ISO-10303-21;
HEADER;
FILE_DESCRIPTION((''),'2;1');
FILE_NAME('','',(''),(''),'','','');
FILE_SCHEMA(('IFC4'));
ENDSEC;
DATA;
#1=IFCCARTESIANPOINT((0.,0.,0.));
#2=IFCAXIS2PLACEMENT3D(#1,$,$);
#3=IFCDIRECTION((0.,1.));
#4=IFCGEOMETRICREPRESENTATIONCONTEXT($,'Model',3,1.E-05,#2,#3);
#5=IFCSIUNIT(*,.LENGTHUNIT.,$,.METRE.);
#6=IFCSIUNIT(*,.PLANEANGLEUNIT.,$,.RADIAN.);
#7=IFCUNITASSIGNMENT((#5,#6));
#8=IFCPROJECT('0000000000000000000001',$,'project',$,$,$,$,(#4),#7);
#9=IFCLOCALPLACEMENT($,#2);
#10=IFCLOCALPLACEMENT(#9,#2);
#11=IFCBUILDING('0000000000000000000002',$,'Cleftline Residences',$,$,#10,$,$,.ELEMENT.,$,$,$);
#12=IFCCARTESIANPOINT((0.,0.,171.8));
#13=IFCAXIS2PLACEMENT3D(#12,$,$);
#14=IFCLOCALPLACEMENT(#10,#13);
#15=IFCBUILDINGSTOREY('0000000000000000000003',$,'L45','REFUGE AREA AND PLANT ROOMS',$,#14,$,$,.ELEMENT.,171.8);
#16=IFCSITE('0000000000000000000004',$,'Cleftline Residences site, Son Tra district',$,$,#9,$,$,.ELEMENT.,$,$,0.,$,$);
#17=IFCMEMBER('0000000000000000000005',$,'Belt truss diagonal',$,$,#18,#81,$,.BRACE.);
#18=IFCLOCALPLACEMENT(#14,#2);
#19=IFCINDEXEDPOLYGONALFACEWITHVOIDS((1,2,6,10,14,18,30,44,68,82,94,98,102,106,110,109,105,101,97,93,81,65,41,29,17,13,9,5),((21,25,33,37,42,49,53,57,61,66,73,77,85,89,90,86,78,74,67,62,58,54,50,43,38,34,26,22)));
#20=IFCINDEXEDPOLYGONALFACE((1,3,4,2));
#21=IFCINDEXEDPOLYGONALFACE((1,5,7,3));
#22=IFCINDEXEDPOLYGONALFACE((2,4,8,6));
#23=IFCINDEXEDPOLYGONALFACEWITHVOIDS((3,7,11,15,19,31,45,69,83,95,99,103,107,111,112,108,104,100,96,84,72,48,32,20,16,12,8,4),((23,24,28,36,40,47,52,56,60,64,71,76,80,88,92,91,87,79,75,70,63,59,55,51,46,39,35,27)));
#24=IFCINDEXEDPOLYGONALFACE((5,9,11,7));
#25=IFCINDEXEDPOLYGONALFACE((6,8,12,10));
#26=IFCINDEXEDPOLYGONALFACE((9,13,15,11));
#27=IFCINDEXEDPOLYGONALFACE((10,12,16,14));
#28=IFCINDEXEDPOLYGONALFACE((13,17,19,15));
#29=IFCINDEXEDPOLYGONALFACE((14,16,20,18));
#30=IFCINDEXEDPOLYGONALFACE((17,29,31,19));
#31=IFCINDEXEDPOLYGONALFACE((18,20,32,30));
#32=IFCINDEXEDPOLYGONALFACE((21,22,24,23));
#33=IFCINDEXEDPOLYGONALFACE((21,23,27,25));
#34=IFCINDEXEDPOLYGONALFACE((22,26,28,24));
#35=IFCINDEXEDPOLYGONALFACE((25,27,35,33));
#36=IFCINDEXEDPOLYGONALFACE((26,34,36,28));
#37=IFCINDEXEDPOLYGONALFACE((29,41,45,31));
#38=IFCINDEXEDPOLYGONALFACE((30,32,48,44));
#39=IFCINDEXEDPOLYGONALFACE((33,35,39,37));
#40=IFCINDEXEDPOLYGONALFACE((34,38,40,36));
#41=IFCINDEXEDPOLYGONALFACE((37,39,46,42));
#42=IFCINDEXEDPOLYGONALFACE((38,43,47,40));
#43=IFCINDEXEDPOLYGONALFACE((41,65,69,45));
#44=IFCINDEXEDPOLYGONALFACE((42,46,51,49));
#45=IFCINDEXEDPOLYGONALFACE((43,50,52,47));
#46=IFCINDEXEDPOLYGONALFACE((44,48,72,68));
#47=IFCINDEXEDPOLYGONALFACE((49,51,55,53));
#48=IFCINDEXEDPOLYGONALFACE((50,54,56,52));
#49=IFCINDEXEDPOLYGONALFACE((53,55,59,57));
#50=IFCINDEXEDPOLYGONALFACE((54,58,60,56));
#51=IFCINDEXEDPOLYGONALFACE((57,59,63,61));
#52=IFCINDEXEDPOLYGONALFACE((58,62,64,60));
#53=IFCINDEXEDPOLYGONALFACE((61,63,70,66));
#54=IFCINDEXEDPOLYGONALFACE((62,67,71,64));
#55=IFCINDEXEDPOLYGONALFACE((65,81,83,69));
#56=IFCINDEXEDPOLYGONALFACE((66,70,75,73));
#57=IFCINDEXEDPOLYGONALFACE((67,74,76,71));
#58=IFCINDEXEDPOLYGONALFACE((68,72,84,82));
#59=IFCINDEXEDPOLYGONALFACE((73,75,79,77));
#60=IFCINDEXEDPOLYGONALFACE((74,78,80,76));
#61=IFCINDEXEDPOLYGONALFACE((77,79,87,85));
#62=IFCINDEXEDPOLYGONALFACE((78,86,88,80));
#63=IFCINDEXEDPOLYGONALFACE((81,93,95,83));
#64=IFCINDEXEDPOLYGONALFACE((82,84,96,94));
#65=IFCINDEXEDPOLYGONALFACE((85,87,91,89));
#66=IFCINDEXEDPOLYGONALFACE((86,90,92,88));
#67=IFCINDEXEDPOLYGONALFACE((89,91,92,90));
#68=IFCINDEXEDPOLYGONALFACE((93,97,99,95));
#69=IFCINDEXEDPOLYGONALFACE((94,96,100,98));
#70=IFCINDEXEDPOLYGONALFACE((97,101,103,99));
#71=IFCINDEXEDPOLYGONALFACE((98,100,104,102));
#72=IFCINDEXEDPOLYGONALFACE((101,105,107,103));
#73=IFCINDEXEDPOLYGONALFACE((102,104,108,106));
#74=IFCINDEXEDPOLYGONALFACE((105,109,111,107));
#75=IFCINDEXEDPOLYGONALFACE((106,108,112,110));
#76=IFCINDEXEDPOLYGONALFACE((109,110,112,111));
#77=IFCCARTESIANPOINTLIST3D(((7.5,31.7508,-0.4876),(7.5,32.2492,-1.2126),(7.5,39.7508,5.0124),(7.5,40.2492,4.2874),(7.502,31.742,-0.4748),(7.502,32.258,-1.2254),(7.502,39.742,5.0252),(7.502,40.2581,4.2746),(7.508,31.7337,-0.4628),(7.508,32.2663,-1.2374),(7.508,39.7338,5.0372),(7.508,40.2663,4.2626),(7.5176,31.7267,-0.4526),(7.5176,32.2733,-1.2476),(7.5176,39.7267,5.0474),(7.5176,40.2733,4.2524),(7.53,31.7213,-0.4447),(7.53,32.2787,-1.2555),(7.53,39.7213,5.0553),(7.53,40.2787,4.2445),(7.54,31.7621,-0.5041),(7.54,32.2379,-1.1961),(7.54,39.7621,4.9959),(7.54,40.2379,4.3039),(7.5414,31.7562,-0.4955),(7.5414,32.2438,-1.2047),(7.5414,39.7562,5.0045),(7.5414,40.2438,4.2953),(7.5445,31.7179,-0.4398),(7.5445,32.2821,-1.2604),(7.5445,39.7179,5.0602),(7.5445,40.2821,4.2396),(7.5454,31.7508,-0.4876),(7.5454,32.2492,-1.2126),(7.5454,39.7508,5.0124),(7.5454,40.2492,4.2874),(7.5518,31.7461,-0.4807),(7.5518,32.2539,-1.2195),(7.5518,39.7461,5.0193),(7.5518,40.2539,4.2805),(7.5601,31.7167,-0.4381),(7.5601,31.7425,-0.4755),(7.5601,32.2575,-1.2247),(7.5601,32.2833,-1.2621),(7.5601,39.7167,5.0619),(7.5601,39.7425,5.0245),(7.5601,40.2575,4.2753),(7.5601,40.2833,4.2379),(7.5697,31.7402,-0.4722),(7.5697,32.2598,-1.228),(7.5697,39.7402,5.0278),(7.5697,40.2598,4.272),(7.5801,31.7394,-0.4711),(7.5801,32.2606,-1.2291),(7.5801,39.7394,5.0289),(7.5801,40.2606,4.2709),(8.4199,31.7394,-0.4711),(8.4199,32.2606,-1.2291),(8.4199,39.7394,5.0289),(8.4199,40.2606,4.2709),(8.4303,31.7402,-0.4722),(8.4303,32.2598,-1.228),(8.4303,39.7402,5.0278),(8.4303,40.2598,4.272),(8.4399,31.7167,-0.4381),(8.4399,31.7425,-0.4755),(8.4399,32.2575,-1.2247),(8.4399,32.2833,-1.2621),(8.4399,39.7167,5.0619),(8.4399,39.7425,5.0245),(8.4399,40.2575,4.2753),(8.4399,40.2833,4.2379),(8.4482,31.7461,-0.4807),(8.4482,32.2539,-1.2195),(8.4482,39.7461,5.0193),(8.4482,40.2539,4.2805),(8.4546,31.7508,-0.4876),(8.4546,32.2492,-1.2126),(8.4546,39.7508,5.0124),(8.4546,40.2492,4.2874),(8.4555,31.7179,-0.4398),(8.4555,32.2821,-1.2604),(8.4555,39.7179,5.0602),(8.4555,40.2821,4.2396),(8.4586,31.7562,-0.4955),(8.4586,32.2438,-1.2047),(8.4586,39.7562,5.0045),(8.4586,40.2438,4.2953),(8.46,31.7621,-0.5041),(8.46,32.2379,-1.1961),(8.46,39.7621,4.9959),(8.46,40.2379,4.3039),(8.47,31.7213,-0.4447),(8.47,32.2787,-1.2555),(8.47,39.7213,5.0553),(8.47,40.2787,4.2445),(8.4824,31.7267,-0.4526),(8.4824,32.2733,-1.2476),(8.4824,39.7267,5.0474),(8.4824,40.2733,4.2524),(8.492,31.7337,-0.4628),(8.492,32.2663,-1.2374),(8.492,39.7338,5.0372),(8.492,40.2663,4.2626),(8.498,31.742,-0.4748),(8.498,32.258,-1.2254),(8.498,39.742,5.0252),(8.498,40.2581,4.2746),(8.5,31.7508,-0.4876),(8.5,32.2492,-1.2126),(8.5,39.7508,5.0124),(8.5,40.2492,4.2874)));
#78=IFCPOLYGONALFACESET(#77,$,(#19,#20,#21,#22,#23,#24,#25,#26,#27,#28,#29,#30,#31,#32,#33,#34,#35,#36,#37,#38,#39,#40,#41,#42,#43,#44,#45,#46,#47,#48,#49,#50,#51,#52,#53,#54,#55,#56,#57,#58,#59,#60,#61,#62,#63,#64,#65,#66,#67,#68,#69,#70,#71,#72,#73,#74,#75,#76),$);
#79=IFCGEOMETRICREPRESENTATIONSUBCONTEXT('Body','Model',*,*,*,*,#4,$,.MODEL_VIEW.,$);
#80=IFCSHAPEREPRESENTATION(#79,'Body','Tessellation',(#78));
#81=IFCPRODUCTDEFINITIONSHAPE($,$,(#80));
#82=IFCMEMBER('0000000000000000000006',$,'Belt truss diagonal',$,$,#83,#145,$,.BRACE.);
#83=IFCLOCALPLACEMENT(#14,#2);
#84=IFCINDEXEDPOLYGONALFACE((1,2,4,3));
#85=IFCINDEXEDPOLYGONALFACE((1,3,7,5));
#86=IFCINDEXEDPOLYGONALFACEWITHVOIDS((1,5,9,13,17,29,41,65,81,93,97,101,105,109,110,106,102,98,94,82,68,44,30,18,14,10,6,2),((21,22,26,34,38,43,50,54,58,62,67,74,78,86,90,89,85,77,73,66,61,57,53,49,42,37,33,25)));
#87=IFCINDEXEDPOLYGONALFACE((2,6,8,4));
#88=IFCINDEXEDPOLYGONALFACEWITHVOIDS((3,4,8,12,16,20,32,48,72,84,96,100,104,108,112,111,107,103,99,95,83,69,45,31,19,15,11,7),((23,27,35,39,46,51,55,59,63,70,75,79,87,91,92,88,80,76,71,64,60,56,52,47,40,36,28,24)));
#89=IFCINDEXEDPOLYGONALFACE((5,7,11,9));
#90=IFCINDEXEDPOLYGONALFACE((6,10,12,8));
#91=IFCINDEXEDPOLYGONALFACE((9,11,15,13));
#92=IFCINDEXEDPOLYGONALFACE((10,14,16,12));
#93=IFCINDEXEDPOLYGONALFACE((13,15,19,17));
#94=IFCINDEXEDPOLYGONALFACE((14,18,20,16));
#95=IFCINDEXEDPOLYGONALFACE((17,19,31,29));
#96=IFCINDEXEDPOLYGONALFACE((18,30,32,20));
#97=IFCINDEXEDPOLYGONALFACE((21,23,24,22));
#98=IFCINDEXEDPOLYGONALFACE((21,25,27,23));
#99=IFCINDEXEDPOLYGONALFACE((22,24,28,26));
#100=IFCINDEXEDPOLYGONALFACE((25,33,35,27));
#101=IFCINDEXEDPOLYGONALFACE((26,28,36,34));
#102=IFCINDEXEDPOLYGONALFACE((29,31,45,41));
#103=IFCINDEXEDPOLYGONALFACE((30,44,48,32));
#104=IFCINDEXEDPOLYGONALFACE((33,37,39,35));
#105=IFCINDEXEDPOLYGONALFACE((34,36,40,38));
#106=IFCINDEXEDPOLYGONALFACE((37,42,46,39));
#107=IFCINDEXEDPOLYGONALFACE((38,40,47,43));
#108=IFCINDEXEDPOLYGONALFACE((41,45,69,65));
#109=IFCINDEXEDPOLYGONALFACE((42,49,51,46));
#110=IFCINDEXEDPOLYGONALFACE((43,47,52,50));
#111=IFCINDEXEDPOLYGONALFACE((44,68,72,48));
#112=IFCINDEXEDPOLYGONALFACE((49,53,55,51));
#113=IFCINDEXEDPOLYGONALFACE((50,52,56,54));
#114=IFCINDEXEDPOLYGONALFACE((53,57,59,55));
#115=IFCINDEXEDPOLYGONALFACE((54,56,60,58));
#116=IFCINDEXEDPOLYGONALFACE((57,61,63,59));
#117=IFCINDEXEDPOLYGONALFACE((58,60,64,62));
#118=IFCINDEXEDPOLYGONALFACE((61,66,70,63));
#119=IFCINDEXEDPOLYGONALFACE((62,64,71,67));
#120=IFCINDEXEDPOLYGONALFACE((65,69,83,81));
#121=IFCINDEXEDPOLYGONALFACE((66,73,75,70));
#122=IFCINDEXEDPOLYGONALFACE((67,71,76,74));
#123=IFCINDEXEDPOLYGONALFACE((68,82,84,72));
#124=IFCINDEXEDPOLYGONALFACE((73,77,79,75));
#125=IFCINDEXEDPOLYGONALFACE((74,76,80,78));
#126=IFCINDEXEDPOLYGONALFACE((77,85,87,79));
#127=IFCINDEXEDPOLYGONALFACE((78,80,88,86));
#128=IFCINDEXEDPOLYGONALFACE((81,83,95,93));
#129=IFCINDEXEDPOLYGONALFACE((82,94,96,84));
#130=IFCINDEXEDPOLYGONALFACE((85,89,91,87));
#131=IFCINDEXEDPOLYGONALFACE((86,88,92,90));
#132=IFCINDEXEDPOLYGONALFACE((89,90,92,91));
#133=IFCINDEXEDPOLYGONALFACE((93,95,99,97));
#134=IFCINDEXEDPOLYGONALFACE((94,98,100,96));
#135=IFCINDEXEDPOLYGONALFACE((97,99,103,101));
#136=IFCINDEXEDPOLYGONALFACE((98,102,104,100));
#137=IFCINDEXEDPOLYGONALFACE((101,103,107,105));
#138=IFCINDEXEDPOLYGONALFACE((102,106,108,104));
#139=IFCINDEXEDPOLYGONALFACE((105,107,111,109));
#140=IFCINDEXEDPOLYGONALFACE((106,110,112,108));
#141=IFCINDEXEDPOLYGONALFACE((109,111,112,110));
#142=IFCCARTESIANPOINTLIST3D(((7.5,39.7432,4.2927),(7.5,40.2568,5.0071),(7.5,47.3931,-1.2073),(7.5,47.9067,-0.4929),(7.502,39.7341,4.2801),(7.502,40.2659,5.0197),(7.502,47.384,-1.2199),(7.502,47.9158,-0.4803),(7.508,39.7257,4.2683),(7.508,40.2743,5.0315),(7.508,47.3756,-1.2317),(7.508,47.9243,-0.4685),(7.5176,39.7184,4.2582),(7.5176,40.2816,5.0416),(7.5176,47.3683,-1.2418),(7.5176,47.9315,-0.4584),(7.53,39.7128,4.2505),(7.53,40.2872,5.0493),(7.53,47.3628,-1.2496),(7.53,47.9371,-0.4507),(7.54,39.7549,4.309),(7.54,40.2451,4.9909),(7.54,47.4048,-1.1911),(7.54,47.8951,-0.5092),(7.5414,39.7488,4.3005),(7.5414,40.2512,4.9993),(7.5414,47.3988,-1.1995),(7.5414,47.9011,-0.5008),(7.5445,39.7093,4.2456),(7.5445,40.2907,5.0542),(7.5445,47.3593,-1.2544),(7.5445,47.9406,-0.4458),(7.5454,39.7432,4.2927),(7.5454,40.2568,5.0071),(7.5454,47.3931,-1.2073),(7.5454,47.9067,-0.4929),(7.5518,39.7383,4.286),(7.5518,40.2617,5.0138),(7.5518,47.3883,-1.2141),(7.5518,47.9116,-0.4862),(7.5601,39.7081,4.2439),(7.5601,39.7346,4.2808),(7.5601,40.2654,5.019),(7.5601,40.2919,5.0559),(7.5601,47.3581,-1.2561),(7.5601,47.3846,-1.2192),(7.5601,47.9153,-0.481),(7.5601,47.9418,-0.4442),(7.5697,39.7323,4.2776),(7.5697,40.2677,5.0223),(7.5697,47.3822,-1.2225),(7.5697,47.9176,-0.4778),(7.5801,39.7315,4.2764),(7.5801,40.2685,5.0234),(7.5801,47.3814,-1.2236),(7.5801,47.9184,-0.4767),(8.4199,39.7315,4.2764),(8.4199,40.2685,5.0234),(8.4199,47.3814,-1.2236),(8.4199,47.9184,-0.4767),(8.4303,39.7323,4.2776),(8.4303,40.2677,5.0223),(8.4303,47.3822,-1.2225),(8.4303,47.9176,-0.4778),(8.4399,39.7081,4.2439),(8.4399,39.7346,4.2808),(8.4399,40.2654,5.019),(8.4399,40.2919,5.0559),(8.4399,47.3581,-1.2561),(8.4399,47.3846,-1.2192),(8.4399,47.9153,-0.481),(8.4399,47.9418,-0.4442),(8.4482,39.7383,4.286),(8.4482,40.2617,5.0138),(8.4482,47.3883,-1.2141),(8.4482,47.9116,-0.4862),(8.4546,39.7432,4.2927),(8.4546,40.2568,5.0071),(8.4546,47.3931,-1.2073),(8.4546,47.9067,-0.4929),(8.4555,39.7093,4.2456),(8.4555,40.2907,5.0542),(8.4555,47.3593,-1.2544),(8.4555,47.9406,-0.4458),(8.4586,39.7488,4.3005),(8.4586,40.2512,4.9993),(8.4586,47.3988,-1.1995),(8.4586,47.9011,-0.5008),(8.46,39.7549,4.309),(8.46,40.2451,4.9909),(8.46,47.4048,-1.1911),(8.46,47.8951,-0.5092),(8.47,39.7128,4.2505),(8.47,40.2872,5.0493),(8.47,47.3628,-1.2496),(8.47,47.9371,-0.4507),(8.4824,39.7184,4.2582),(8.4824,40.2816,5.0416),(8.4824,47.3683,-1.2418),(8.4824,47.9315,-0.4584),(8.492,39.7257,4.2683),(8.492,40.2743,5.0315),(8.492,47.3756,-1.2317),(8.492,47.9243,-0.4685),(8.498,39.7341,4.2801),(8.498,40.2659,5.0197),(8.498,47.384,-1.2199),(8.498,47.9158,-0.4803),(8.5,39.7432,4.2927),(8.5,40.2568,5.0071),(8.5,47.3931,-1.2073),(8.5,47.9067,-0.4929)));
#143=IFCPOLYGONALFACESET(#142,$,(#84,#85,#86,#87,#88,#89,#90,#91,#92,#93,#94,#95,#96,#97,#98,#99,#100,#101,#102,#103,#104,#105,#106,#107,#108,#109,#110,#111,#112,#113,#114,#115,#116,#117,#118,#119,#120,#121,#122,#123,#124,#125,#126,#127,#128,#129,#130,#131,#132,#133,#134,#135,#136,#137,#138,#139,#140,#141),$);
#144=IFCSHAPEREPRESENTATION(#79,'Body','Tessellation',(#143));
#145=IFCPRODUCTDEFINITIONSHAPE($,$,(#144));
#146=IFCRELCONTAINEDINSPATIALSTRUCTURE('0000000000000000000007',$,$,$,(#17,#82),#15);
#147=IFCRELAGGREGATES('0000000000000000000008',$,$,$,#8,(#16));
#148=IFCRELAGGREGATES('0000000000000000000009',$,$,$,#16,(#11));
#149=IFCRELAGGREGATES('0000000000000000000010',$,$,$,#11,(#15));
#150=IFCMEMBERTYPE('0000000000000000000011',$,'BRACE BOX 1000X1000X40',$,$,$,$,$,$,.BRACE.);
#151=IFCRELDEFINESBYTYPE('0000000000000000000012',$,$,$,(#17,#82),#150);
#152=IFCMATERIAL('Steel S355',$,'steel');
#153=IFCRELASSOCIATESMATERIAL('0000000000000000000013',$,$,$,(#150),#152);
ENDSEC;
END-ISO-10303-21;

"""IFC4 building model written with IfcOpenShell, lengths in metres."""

from ifc_helpers import new_model, si_unit, direction, frame, origin, origin_2d, place, context, subcontext, project, spatial, hollow_rectangle, extrude, material, material_profile, profile_set, type_object, element, save


model = new_model("IFC4")

# Units and contexts
model_context = context("Model", 3, precision=1e-05, world=origin(), true_north=direction((0.0, 1.0)))
body_context = subcontext(model_context, "Body", "Model", "MODEL_VIEW")
ifc_project = project(units=[si_unit("LENGTHUNIT", "METRE"), si_unit("PLANEANGLEUNIT", "RADIAN")], contexts=[model_context])

# Site, building, storey
site_placement = place(None, origin())
site = spatial("IfcSite", under=ifc_project, at=site_placement, Name="Cleftline Residences site, Son Tra district", CompositionType="ELEMENT", RefElevation=0.0)
building_placement = place(site_placement, origin())
building = spatial("IfcBuilding", under=site, at=building_placement, Name="Cleftline Residences", CompositionType="ELEMENT")
storey_placement = place(building_placement, frame((0.0, 0.0, 171.8)))
storey = spatial("IfcBuildingStorey", under=building, at=storey_placement, Name="L45", Description="REFUGE AREA AND PLANT ROOMS", CompositionType="ELEMENT", Elevation=171.8)

# Members
ifc_material_1 = material(Name="Steel S355", Category="steel")
ifc_material_profile_1 = material_profile(ifc_material_1, hollow_rectangle(XDim=1.0, YDim=1.0, WallThickness=0.04, InnerFilletRadius=0.04, OuterFilletRadius=0.0601, at=origin_2d()))
ifc_profile_set_1 = profile_set([ifc_material_profile_1], Name="Steel S355")
member_type_1 = type_object("IfcMemberType", Name="BRACE BOX 1000X1000X40", PredefinedType="BRACE", material=ifc_profile_set_1)
member_1_placement = place(storey_placement, frame((8.0, 32.0, -0.8501), z_axis=(0.0, 0.824042, 0.566529), x_axis=(0.0, -0.566529, 0.824042)))
element("IfcMember", 1, at=member_1_placement, inside=storey, type_object=member_type_1, Name="Belt truss diagonal", PredefinedType="BRACE", context=body_context, shape_type="SweptSolid", body=[
    extrude(hollow_rectangle(XDim=1.0, YDim=1.0, WallThickness=0.04, InnerFilletRadius=0.04, OuterFilletRadius=0.0601, at=origin_2d()), origin(), (0.0, 0.0, 1.0), 9.7083),
])
member_2_placement = place(storey_placement, frame((8.0, 40.0, 4.6499), z_axis=(0.0, 0.811933, -0.58375), x_axis=(0.0, 0.58375, 0.811933)))
element("IfcMember", 2, at=member_2_placement, inside=storey, type_object=member_type_1, Name="Belt truss diagonal", PredefinedType="BRACE", context=body_context, shape_type="SweptSolid", body=[
    extrude(hollow_rectangle(XDim=1.0, YDim=1.0, WallThickness=0.04, InnerFilletRadius=0.04, OuterFilletRadius=0.0601, at=origin_2d()), origin(), (0.0, 0.0, 1.0), 9.4219),
])

save(model, "model.ifc")
